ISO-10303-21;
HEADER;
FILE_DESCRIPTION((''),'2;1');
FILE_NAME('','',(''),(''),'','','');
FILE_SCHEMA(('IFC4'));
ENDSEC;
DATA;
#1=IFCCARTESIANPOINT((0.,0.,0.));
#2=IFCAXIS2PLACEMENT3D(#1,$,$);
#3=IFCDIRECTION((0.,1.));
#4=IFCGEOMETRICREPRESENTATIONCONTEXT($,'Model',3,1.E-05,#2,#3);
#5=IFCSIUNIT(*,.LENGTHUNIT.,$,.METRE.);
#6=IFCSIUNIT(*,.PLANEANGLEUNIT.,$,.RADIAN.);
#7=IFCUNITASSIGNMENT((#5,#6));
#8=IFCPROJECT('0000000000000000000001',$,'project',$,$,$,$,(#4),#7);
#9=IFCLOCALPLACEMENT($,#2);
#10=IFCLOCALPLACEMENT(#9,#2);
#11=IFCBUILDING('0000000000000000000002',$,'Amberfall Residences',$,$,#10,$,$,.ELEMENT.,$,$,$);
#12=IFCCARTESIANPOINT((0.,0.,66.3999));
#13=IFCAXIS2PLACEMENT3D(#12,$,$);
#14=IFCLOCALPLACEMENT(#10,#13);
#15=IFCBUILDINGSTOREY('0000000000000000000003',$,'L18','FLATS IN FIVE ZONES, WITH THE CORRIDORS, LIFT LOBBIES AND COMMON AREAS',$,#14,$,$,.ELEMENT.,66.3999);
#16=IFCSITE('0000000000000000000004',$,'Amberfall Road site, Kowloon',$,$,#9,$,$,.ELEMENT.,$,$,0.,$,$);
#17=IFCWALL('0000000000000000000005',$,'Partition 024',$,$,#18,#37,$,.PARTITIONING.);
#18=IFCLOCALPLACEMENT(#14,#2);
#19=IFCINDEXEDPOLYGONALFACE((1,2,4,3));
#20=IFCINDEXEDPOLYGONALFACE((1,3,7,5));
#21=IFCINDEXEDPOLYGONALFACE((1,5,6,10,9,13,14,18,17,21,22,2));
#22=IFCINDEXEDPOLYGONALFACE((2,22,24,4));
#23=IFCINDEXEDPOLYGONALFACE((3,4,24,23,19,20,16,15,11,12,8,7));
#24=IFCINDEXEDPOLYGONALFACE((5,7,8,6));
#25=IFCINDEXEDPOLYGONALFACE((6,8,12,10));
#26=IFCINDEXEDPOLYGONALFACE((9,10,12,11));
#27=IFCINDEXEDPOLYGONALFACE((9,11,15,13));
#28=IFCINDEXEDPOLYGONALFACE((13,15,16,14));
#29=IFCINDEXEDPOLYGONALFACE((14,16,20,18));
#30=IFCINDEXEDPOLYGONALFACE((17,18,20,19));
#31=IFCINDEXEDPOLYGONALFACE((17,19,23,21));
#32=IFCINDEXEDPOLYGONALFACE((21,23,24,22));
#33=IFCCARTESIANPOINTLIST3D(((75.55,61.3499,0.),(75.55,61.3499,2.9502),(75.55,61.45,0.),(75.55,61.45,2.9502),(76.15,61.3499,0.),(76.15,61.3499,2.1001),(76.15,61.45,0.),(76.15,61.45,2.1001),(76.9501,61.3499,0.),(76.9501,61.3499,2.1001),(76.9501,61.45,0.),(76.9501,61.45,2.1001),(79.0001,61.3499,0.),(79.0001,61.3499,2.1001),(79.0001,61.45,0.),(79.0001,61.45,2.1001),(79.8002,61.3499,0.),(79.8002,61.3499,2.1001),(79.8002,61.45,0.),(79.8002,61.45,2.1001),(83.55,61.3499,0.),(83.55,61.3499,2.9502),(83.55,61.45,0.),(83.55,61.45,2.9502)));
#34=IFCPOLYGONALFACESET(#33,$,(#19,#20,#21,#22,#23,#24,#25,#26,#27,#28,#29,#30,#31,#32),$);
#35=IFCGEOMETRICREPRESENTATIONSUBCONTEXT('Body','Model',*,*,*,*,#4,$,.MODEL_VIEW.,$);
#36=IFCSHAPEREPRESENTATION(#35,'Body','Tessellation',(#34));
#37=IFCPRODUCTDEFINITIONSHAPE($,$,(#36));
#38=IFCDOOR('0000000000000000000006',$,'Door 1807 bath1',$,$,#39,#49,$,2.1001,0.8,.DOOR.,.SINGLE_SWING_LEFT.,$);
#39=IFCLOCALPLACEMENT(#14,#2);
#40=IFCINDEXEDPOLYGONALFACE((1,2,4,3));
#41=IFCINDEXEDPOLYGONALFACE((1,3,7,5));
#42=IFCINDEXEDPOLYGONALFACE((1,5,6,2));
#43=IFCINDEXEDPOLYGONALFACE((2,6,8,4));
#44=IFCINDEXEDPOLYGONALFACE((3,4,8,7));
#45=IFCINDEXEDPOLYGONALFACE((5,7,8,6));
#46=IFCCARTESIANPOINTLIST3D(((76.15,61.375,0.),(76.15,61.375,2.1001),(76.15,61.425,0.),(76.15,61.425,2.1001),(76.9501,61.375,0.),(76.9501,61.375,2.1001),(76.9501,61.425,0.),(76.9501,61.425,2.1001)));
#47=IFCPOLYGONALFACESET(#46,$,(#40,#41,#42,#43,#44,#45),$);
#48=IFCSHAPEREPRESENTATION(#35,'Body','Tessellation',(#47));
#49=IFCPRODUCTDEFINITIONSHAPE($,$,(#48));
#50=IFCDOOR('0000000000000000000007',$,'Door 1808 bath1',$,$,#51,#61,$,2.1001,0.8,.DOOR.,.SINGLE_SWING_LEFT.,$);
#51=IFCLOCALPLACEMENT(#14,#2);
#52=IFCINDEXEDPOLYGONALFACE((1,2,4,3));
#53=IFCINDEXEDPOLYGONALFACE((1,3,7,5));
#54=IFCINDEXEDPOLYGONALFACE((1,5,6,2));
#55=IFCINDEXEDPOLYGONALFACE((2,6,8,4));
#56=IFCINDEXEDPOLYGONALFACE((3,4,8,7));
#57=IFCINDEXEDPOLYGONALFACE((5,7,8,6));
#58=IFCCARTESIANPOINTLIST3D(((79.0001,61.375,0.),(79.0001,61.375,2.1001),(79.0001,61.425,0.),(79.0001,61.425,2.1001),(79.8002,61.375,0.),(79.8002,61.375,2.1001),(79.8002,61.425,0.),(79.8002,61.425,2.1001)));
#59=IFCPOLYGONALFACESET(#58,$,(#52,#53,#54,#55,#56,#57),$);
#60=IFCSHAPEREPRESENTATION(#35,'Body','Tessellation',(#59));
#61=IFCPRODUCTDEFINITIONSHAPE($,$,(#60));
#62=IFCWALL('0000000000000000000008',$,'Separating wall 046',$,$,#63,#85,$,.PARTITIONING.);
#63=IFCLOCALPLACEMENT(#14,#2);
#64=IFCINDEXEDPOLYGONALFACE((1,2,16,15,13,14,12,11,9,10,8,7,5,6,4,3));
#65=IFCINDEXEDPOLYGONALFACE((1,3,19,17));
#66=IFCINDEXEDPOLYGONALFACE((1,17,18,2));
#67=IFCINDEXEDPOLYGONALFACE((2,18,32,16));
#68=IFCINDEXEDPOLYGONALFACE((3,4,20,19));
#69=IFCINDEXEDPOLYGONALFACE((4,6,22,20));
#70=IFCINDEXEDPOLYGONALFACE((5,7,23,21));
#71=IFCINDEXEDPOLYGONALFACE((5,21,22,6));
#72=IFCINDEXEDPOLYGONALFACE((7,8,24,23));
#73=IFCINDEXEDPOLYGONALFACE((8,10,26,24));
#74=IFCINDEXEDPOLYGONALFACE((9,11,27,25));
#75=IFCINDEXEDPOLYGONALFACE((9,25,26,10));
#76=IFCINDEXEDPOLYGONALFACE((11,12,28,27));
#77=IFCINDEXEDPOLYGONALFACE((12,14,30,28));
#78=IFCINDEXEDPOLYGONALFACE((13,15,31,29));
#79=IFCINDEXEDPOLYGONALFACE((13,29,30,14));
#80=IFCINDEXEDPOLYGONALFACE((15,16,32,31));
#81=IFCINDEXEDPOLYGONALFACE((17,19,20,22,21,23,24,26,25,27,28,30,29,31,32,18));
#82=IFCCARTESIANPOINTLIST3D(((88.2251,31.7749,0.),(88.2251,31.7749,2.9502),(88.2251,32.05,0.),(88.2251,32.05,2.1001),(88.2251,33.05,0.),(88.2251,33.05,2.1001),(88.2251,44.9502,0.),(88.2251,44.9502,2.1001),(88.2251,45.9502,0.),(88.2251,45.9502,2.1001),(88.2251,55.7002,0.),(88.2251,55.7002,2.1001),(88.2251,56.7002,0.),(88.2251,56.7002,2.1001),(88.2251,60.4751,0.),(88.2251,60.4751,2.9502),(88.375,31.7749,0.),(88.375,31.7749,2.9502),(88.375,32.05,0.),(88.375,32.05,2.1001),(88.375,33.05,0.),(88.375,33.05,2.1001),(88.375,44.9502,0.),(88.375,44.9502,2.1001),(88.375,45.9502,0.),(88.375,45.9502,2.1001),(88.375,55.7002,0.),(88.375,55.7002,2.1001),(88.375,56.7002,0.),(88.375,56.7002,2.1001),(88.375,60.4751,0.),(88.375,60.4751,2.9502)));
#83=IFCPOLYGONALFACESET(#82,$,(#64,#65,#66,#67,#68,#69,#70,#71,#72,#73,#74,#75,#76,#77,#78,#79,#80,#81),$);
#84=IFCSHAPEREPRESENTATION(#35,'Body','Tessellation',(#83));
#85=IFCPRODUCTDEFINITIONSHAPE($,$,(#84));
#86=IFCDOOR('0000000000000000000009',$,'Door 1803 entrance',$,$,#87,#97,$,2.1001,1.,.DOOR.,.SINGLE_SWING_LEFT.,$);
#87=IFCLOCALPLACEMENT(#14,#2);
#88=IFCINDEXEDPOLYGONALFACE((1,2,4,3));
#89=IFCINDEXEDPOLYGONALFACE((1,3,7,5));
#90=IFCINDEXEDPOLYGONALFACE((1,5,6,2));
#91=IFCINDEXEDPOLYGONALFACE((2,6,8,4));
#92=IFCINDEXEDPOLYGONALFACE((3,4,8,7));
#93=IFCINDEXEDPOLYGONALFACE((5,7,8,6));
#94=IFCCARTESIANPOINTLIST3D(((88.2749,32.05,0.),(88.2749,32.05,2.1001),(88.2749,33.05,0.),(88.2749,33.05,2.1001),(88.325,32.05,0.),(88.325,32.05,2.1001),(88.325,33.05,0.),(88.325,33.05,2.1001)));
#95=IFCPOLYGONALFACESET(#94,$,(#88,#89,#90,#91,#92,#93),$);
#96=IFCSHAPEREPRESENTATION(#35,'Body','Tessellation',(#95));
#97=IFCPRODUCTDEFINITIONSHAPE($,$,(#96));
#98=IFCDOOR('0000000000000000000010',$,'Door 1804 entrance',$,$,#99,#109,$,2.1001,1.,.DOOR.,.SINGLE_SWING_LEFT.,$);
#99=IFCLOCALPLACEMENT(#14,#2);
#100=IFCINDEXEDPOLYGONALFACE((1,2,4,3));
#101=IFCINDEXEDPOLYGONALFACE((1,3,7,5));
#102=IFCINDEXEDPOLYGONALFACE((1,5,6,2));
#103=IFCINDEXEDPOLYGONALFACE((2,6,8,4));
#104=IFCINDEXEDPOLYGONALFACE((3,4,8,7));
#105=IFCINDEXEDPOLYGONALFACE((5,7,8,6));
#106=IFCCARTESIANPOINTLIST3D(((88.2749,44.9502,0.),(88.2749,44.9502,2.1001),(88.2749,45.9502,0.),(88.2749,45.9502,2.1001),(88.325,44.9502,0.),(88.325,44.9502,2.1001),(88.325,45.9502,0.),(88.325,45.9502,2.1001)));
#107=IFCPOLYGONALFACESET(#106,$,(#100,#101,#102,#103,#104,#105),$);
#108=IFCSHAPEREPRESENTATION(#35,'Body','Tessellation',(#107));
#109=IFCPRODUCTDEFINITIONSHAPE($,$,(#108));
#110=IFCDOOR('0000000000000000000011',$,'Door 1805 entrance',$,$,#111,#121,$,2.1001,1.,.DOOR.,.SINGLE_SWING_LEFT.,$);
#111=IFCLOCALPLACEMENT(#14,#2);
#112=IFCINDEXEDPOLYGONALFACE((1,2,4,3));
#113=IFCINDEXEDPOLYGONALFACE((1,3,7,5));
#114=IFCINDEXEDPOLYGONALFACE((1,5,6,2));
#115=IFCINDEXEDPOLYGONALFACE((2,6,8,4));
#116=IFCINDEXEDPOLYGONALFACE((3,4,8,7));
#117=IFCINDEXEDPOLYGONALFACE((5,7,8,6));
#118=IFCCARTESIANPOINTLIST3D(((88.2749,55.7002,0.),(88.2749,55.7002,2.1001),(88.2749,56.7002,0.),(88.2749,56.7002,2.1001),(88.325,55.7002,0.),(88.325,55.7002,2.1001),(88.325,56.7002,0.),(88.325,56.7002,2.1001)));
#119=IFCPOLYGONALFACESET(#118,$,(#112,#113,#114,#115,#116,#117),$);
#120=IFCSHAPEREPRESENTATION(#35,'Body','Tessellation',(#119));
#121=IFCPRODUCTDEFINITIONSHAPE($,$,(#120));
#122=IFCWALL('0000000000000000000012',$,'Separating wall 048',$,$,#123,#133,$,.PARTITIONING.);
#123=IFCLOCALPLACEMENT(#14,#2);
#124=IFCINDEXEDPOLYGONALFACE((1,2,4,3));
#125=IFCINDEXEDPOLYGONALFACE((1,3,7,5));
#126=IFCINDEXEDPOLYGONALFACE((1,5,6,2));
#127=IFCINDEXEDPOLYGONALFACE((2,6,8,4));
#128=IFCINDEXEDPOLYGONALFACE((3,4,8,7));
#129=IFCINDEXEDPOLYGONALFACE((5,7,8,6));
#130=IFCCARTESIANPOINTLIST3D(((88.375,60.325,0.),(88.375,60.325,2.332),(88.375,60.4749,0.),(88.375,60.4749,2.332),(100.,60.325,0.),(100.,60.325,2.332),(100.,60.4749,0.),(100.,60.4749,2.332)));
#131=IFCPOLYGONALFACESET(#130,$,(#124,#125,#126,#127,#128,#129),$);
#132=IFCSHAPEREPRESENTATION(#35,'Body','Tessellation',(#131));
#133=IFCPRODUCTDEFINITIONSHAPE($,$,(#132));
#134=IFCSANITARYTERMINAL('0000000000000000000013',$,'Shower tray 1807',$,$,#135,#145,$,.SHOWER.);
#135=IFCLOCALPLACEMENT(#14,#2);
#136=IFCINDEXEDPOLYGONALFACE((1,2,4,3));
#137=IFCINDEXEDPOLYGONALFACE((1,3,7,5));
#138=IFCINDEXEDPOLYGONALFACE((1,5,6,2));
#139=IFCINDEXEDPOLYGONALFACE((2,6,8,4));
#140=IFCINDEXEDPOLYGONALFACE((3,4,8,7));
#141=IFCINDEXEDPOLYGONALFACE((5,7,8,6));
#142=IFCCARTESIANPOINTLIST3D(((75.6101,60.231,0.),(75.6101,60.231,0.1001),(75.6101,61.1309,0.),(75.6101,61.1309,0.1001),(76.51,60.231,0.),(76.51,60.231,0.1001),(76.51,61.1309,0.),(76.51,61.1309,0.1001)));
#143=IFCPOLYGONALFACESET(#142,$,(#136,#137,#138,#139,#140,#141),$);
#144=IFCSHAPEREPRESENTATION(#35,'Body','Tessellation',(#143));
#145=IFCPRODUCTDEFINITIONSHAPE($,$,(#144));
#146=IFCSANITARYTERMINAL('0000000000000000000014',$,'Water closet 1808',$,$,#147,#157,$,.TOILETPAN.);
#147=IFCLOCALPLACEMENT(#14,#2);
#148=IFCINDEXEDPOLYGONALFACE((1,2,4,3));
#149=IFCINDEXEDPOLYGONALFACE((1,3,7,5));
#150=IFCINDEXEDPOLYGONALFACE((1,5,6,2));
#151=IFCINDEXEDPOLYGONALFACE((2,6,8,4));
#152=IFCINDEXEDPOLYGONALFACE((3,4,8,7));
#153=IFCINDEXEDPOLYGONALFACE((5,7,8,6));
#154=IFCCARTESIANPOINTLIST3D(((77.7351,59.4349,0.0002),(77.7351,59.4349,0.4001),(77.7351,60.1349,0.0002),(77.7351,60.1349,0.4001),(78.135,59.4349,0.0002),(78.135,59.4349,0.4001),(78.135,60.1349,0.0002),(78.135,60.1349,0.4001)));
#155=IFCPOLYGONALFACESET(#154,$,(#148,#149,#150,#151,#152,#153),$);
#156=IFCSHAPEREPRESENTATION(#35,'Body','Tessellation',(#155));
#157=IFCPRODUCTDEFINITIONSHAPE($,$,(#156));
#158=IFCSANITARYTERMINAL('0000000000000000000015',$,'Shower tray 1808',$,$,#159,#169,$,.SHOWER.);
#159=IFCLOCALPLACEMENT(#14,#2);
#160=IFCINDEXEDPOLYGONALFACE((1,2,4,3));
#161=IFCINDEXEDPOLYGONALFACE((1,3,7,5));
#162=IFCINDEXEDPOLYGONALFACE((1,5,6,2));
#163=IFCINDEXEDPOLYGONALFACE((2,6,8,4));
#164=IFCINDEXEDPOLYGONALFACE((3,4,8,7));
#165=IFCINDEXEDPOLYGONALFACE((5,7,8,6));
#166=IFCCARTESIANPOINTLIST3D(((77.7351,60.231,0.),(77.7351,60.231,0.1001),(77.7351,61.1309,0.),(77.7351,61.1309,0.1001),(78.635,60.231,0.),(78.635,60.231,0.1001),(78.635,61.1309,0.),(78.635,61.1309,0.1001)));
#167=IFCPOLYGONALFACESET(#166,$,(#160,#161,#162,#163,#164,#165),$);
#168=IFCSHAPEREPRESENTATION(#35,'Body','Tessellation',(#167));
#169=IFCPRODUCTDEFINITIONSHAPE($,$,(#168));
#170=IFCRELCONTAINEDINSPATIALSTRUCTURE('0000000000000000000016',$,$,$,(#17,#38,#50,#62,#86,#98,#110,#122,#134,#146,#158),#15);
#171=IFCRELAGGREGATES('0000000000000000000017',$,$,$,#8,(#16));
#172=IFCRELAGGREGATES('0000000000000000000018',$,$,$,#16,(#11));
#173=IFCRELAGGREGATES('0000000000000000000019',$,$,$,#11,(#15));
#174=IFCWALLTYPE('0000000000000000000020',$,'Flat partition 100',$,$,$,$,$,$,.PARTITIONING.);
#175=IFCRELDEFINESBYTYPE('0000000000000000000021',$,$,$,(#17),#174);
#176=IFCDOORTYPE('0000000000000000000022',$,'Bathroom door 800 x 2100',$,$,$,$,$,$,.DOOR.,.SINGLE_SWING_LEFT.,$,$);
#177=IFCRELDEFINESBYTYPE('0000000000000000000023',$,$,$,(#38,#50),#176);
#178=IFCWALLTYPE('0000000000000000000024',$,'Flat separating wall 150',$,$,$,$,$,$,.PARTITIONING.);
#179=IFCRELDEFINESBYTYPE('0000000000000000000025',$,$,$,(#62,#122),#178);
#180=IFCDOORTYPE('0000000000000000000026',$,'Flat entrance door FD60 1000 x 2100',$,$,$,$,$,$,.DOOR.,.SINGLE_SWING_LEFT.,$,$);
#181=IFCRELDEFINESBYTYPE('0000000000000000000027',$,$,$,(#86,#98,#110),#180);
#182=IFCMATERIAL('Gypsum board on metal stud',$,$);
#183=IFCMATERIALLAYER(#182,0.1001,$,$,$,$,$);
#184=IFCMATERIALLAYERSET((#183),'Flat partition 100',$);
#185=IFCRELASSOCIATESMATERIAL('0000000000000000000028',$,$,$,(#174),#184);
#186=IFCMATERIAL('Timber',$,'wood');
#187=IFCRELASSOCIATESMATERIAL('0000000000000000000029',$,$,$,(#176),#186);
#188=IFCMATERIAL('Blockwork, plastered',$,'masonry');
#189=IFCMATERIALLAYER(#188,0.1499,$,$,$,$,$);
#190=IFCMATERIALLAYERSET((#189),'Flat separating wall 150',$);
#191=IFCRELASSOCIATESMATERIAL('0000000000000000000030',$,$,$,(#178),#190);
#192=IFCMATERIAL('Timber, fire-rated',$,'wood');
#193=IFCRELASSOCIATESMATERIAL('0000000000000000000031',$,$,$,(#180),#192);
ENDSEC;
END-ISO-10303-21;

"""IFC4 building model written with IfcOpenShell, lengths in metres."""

from ifc_helpers import new_model, si_unit, direction, frame, frame_2d, origin, origin_2d, place, context, subcontext, project, spatial, rectangle, extrude, material, layer, layer_set, type_object, element, fill, save


model = new_model("IFC4")

# Units and contexts
model_context = context("Model", 3, precision=1e-05, world=origin(), true_north=direction((0.0, 1.0)))
body_context = subcontext(model_context, "Body", "Model", "MODEL_VIEW")
ifc_project = project(units=[si_unit("LENGTHUNIT", "METRE"), si_unit("PLANEANGLEUNIT", "RADIAN")], contexts=[model_context])

# Site, building, storey
site_placement = place(None, origin())
site = spatial("IfcSite", under=ifc_project, at=site_placement, Name="Amberfall Road site, Kowloon", CompositionType="ELEMENT", RefElevation=0.0)
building_placement = place(site_placement, origin())
building = spatial("IfcBuilding", under=site, at=building_placement, Name="Amberfall Residences", CompositionType="ELEMENT")
storey_placement = place(building_placement, frame((0.0, 0.0, 66.3999)))
storey = spatial("IfcBuildingStorey", under=building, at=storey_placement, Name="L18", Description="FLATS IN FIVE ZONES, WITH THE CORRIDORS, LIFT LOBBIES AND COMMON AREAS", CompositionType="ELEMENT", Elevation=66.3999)

# Walls, openings, doors
ifc_material_1 = material(Name="Gypsum board on metal stud")
ifc_layer_1 = layer(ifc_material_1, 0.1001)
ifc_layer_set_1 = layer_set([ifc_layer_1], Name="Flat partition 100")
wall_type_1 = type_object("IfcWallType", Name="Flat partition 100", PredefinedType="PARTITIONING", material=ifc_layer_set_1)
wall_1_placement = place(storey_placement, frame((83.55, 61.3999, 0.0), z_axis=(0.0, 0.0, 1.0), x_axis=(-1.0, 0.0, 0.0)))
wall_1 = element("IfcWall", 1, at=wall_1_placement, inside=storey, type_object=wall_type_1, Name="Partition 024", PredefinedType="PARTITIONING", context=body_context, shape_type="SweptSolid", body=[
    extrude(rectangle(XDim=8.0, YDim=0.1001, at=frame_2d((4.0, 0.0))), origin(), (0.0, 0.0, 1.0), 2.9502),
])
opening_1_placement = place(wall_1_placement, frame((6.6001, 0.0, 0.0)))
opening_1 = element("IfcOpeningElement", 2, at=opening_1_placement, cuts=wall_1, PredefinedType="OPENING", context=body_context, shape_type="SweptSolid", body=[
    extrude(rectangle(XDim=0.8, YDim=2.1001, at=frame_2d((0.3999, 1.05))), frame((0.0, 0.0601, 0.0), z_axis=(0.0, -1.0, 0.0), x_axis=(1.0, 0.0, 0.0)), (0.0, 0.0, 1.0), 0.1201),
])
opening_2_placement = place(wall_1_placement, frame((3.75, 0.0, 0.0)))
opening_2 = element("IfcOpeningElement", 3, at=opening_2_placement, cuts=wall_1, PredefinedType="OPENING", context=body_context, shape_type="SweptSolid", body=[
    extrude(rectangle(XDim=0.8, YDim=2.1001, at=frame_2d((0.3999, 1.05))), frame((0.0, 0.0601, 0.0), z_axis=(0.0, -1.0, 0.0), x_axis=(1.0, 0.0, 0.0)), (0.0, 0.0, 1.0), 0.1201),
])
ifc_material_2 = material(Name="Timber", Category="wood")
door_type_1 = type_object("IfcDoorType", Name="Bathroom door 800 x 2100", OperationType="SINGLE_SWING_LEFT", PredefinedType="DOOR", material=ifc_material_2)
door_1_placement = place(opening_1_placement, origin())
door_1 = element("IfcDoor", 4, at=door_1_placement, inside=storey, type_object=door_type_1, Name="Door 1807 bath1", OperationType="SINGLE_SWING_LEFT", OverallHeight=2.1001, OverallWidth=0.8, PredefinedType="DOOR", context=body_context, shape_type="SweptSolid", body=[
    extrude(rectangle(XDim=0.8, YDim=2.1001, at=frame_2d((0.3999, 1.05))), frame((0.0, 0.0249, 0.0), z_axis=(0.0, -1.0, 0.0), x_axis=(1.0, 0.0, 0.0)), (0.0, 0.0, 1.0), 0.05),
])
fill(opening_1, door_1)
door_2_placement = place(opening_2_placement, origin())
door_2 = element("IfcDoor", 5, at=door_2_placement, inside=storey, type_object=door_type_1, Name="Door 1808 bath1", OperationType="SINGLE_SWING_LEFT", OverallHeight=2.1001, OverallWidth=0.8, PredefinedType="DOOR", context=body_context, shape_type="SweptSolid", body=[
    extrude(rectangle(XDim=0.8, YDim=2.1001, at=frame_2d((0.3999, 1.05))), frame((0.0, 0.0249, 0.0), z_axis=(0.0, -1.0, 0.0), x_axis=(1.0, 0.0, 0.0)), (0.0, 0.0, 1.0), 0.05),
])
fill(opening_2, door_2)
ifc_material_3 = material(Name="Blockwork, plastered", Category="masonry")
ifc_layer_2 = layer(ifc_material_3, 0.1499)
ifc_layer_set_2 = layer_set([ifc_layer_2], Name="Flat separating wall 150")
wall_type_2 = type_object("IfcWallType", Name="Flat separating wall 150", PredefinedType="PARTITIONING", material=ifc_layer_set_2)
wall_2_placement = place(storey_placement, frame((88.3, 60.4751, 0.0), z_axis=(0.0, 0.0, 1.0), x_axis=(0.0, -1.0, 0.0)))
wall_2 = element("IfcWall", 6, at=wall_2_placement, inside=storey, type_object=wall_type_2, Name="Separating wall 046", PredefinedType="PARTITIONING", context=body_context, shape_type="SweptSolid", body=[
    extrude(rectangle(XDim=28.7002, YDim=0.1499, at=frame_2d((14.3501, 0.0))), origin(), (0.0, 0.0, 1.0), 2.9502),
])
opening_3_placement = place(wall_2_placement, frame((27.425, 0.0, 0.0)))
opening_3 = element("IfcOpeningElement", 7, at=opening_3_placement, cuts=wall_2, PredefinedType="OPENING", context=body_context, shape_type="SweptSolid", body=[
    extrude(rectangle(XDim=1.0, YDim=2.1001, at=frame_2d((0.5, 1.05))), frame((0.0, 0.085, 0.0), z_axis=(0.0, -1.0, 0.0), x_axis=(1.0, 0.0, 0.0)), (0.0, 0.0, 1.0), 0.1699),
])
opening_4_placement = place(wall_2_placement, frame((14.5249, 0.0, 0.0)))
opening_4 = element("IfcOpeningElement", 8, at=opening_4_placement, cuts=wall_2, PredefinedType="OPENING", context=body_context, shape_type="SweptSolid", body=[
    extrude(rectangle(XDim=1.0, YDim=2.1001, at=frame_2d((0.5, 1.05))), frame((0.0, 0.085, 0.0), z_axis=(0.0, -1.0, 0.0), x_axis=(1.0, 0.0, 0.0)), (0.0, 0.0, 1.0), 0.1699),
])
opening_5_placement = place(wall_2_placement, frame((3.7749, 0.0, 0.0)))
opening_5 = element("IfcOpeningElement", 9, at=opening_5_placement, cuts=wall_2, PredefinedType="OPENING", context=body_context, shape_type="SweptSolid", body=[
    extrude(rectangle(XDim=1.0, YDim=2.1001, at=frame_2d((0.5, 1.05))), frame((0.0, 0.085, 0.0), z_axis=(0.0, -1.0, 0.0), x_axis=(1.0, 0.0, 0.0)), (0.0, 0.0, 1.0), 0.1699),
])
ifc_material_4 = material(Name="Timber, fire-rated", Category="wood")
door_type_2 = type_object("IfcDoorType", Name="Flat entrance door FD60 1000 x 2100", OperationType="SINGLE_SWING_LEFT", PredefinedType="DOOR", material=ifc_material_4)
door_3_placement = place(opening_3_placement, origin())
door_3 = element("IfcDoor", 10, at=door_3_placement, inside=storey, type_object=door_type_2, Name="Door 1803 entrance", OperationType="SINGLE_SWING_LEFT", OverallHeight=2.1001, OverallWidth=1.0, PredefinedType="DOOR", context=body_context, shape_type="SweptSolid", body=[
    extrude(rectangle(XDim=1.0, YDim=2.1001, at=frame_2d((0.5, 1.05))), frame((0.0, 0.0249, 0.0), z_axis=(0.0, -1.0, 0.0), x_axis=(1.0, 0.0, 0.0)), (0.0, 0.0, 1.0), 0.05),
])
fill(opening_3, door_3)
door_4_placement = place(opening_4_placement, origin())
door_4 = element("IfcDoor", 11, at=door_4_placement, inside=storey, type_object=door_type_2, Name="Door 1804 entrance", OperationType="SINGLE_SWING_LEFT", OverallHeight=2.1001, OverallWidth=1.0, PredefinedType="DOOR", context=body_context, shape_type="SweptSolid", body=[
    extrude(rectangle(XDim=1.0, YDim=2.1001, at=frame_2d((0.5, 1.05))), frame((0.0, 0.0249, 0.0), z_axis=(0.0, -1.0, 0.0), x_axis=(1.0, 0.0, 0.0)), (0.0, 0.0, 1.0), 0.05),
])
fill(opening_4, door_4)
door_5_placement = place(opening_5_placement, origin())
door_5 = element("IfcDoor", 12, at=door_5_placement, inside=storey, type_object=door_type_2, Name="Door 1805 entrance", OperationType="SINGLE_SWING_LEFT", OverallHeight=2.1001, OverallWidth=1.0, PredefinedType="DOOR", context=body_context, shape_type="SweptSolid", body=[
    extrude(rectangle(XDim=1.0, YDim=2.1001, at=frame_2d((0.5, 1.05))), frame((0.0, 0.0249, 0.0), z_axis=(0.0, -1.0, 0.0), x_axis=(1.0, 0.0, 0.0)), (0.0, 0.0, 1.0), 0.05),
])
fill(opening_5, door_5)

# Wall
wall_3_placement = place(storey_placement, frame((88.375, 60.3999, 0.0), z_axis=(0.0, 0.0, 1.0), x_axis=(1.0, 0.0, 0.0)))
element("IfcWall", 13, at=wall_3_placement, inside=storey, type_object=wall_type_2, Name="Separating wall 048", PredefinedType="PARTITIONING", context=body_context, shape_type="SweptSolid", body=[
    extrude(rectangle(XDim=11.625, YDim=0.1499, at=frame_2d((5.8125, 0.0))), origin(), (0.0, 0.0, 1.0), 2.332),
])

# Sanitary terminals
sanitary_terminal_1_placement = place(storey_placement, frame((76.0601, 60.6809, 0.0), z_axis=(0.0, 0.0, 1.0), x_axis=(1.0, 0.0, 0.0)))
element("IfcSanitaryTerminal", 14, at=sanitary_terminal_1_placement, inside=storey, Name="Shower tray 1807", PredefinedType="SHOWER", context=body_context, shape_type="SweptSolid", body=[
    extrude(rectangle(XDim=0.8999, YDim=0.8999, at=origin_2d()), origin(), (0.0, 0.0, 1.0), 0.1001),
])
sanitary_terminal_2_placement = place(storey_placement, frame((77.9351, 59.7849, 0.0002), z_axis=(0.0, 0.0, 1.0), x_axis=(1.0, 0.0, 0.0)))
element("IfcSanitaryTerminal", 15, at=sanitary_terminal_2_placement, inside=storey, Name="Water closet 1808", PredefinedType="TOILETPAN", context=body_context, shape_type="SweptSolid", body=[
    extrude(rectangle(XDim=0.3999, YDim=0.7, at=origin_2d()), origin(), (0.0, 0.0, 1.0), 0.3999),
])
sanitary_terminal_3_placement = place(storey_placement, frame((78.1851, 60.6809, 0.0), z_axis=(0.0, 0.0, 1.0), x_axis=(1.0, 0.0, 0.0)))
element("IfcSanitaryTerminal", 16, at=sanitary_terminal_3_placement, inside=storey, Name="Shower tray 1808", PredefinedType="SHOWER", context=body_context, shape_type="SweptSolid", body=[
    extrude(rectangle(XDim=0.8999, YDim=0.8999, at=origin_2d()), origin(), (0.0, 0.0, 1.0), 0.1001),
])

save(model, "model.ifc")
